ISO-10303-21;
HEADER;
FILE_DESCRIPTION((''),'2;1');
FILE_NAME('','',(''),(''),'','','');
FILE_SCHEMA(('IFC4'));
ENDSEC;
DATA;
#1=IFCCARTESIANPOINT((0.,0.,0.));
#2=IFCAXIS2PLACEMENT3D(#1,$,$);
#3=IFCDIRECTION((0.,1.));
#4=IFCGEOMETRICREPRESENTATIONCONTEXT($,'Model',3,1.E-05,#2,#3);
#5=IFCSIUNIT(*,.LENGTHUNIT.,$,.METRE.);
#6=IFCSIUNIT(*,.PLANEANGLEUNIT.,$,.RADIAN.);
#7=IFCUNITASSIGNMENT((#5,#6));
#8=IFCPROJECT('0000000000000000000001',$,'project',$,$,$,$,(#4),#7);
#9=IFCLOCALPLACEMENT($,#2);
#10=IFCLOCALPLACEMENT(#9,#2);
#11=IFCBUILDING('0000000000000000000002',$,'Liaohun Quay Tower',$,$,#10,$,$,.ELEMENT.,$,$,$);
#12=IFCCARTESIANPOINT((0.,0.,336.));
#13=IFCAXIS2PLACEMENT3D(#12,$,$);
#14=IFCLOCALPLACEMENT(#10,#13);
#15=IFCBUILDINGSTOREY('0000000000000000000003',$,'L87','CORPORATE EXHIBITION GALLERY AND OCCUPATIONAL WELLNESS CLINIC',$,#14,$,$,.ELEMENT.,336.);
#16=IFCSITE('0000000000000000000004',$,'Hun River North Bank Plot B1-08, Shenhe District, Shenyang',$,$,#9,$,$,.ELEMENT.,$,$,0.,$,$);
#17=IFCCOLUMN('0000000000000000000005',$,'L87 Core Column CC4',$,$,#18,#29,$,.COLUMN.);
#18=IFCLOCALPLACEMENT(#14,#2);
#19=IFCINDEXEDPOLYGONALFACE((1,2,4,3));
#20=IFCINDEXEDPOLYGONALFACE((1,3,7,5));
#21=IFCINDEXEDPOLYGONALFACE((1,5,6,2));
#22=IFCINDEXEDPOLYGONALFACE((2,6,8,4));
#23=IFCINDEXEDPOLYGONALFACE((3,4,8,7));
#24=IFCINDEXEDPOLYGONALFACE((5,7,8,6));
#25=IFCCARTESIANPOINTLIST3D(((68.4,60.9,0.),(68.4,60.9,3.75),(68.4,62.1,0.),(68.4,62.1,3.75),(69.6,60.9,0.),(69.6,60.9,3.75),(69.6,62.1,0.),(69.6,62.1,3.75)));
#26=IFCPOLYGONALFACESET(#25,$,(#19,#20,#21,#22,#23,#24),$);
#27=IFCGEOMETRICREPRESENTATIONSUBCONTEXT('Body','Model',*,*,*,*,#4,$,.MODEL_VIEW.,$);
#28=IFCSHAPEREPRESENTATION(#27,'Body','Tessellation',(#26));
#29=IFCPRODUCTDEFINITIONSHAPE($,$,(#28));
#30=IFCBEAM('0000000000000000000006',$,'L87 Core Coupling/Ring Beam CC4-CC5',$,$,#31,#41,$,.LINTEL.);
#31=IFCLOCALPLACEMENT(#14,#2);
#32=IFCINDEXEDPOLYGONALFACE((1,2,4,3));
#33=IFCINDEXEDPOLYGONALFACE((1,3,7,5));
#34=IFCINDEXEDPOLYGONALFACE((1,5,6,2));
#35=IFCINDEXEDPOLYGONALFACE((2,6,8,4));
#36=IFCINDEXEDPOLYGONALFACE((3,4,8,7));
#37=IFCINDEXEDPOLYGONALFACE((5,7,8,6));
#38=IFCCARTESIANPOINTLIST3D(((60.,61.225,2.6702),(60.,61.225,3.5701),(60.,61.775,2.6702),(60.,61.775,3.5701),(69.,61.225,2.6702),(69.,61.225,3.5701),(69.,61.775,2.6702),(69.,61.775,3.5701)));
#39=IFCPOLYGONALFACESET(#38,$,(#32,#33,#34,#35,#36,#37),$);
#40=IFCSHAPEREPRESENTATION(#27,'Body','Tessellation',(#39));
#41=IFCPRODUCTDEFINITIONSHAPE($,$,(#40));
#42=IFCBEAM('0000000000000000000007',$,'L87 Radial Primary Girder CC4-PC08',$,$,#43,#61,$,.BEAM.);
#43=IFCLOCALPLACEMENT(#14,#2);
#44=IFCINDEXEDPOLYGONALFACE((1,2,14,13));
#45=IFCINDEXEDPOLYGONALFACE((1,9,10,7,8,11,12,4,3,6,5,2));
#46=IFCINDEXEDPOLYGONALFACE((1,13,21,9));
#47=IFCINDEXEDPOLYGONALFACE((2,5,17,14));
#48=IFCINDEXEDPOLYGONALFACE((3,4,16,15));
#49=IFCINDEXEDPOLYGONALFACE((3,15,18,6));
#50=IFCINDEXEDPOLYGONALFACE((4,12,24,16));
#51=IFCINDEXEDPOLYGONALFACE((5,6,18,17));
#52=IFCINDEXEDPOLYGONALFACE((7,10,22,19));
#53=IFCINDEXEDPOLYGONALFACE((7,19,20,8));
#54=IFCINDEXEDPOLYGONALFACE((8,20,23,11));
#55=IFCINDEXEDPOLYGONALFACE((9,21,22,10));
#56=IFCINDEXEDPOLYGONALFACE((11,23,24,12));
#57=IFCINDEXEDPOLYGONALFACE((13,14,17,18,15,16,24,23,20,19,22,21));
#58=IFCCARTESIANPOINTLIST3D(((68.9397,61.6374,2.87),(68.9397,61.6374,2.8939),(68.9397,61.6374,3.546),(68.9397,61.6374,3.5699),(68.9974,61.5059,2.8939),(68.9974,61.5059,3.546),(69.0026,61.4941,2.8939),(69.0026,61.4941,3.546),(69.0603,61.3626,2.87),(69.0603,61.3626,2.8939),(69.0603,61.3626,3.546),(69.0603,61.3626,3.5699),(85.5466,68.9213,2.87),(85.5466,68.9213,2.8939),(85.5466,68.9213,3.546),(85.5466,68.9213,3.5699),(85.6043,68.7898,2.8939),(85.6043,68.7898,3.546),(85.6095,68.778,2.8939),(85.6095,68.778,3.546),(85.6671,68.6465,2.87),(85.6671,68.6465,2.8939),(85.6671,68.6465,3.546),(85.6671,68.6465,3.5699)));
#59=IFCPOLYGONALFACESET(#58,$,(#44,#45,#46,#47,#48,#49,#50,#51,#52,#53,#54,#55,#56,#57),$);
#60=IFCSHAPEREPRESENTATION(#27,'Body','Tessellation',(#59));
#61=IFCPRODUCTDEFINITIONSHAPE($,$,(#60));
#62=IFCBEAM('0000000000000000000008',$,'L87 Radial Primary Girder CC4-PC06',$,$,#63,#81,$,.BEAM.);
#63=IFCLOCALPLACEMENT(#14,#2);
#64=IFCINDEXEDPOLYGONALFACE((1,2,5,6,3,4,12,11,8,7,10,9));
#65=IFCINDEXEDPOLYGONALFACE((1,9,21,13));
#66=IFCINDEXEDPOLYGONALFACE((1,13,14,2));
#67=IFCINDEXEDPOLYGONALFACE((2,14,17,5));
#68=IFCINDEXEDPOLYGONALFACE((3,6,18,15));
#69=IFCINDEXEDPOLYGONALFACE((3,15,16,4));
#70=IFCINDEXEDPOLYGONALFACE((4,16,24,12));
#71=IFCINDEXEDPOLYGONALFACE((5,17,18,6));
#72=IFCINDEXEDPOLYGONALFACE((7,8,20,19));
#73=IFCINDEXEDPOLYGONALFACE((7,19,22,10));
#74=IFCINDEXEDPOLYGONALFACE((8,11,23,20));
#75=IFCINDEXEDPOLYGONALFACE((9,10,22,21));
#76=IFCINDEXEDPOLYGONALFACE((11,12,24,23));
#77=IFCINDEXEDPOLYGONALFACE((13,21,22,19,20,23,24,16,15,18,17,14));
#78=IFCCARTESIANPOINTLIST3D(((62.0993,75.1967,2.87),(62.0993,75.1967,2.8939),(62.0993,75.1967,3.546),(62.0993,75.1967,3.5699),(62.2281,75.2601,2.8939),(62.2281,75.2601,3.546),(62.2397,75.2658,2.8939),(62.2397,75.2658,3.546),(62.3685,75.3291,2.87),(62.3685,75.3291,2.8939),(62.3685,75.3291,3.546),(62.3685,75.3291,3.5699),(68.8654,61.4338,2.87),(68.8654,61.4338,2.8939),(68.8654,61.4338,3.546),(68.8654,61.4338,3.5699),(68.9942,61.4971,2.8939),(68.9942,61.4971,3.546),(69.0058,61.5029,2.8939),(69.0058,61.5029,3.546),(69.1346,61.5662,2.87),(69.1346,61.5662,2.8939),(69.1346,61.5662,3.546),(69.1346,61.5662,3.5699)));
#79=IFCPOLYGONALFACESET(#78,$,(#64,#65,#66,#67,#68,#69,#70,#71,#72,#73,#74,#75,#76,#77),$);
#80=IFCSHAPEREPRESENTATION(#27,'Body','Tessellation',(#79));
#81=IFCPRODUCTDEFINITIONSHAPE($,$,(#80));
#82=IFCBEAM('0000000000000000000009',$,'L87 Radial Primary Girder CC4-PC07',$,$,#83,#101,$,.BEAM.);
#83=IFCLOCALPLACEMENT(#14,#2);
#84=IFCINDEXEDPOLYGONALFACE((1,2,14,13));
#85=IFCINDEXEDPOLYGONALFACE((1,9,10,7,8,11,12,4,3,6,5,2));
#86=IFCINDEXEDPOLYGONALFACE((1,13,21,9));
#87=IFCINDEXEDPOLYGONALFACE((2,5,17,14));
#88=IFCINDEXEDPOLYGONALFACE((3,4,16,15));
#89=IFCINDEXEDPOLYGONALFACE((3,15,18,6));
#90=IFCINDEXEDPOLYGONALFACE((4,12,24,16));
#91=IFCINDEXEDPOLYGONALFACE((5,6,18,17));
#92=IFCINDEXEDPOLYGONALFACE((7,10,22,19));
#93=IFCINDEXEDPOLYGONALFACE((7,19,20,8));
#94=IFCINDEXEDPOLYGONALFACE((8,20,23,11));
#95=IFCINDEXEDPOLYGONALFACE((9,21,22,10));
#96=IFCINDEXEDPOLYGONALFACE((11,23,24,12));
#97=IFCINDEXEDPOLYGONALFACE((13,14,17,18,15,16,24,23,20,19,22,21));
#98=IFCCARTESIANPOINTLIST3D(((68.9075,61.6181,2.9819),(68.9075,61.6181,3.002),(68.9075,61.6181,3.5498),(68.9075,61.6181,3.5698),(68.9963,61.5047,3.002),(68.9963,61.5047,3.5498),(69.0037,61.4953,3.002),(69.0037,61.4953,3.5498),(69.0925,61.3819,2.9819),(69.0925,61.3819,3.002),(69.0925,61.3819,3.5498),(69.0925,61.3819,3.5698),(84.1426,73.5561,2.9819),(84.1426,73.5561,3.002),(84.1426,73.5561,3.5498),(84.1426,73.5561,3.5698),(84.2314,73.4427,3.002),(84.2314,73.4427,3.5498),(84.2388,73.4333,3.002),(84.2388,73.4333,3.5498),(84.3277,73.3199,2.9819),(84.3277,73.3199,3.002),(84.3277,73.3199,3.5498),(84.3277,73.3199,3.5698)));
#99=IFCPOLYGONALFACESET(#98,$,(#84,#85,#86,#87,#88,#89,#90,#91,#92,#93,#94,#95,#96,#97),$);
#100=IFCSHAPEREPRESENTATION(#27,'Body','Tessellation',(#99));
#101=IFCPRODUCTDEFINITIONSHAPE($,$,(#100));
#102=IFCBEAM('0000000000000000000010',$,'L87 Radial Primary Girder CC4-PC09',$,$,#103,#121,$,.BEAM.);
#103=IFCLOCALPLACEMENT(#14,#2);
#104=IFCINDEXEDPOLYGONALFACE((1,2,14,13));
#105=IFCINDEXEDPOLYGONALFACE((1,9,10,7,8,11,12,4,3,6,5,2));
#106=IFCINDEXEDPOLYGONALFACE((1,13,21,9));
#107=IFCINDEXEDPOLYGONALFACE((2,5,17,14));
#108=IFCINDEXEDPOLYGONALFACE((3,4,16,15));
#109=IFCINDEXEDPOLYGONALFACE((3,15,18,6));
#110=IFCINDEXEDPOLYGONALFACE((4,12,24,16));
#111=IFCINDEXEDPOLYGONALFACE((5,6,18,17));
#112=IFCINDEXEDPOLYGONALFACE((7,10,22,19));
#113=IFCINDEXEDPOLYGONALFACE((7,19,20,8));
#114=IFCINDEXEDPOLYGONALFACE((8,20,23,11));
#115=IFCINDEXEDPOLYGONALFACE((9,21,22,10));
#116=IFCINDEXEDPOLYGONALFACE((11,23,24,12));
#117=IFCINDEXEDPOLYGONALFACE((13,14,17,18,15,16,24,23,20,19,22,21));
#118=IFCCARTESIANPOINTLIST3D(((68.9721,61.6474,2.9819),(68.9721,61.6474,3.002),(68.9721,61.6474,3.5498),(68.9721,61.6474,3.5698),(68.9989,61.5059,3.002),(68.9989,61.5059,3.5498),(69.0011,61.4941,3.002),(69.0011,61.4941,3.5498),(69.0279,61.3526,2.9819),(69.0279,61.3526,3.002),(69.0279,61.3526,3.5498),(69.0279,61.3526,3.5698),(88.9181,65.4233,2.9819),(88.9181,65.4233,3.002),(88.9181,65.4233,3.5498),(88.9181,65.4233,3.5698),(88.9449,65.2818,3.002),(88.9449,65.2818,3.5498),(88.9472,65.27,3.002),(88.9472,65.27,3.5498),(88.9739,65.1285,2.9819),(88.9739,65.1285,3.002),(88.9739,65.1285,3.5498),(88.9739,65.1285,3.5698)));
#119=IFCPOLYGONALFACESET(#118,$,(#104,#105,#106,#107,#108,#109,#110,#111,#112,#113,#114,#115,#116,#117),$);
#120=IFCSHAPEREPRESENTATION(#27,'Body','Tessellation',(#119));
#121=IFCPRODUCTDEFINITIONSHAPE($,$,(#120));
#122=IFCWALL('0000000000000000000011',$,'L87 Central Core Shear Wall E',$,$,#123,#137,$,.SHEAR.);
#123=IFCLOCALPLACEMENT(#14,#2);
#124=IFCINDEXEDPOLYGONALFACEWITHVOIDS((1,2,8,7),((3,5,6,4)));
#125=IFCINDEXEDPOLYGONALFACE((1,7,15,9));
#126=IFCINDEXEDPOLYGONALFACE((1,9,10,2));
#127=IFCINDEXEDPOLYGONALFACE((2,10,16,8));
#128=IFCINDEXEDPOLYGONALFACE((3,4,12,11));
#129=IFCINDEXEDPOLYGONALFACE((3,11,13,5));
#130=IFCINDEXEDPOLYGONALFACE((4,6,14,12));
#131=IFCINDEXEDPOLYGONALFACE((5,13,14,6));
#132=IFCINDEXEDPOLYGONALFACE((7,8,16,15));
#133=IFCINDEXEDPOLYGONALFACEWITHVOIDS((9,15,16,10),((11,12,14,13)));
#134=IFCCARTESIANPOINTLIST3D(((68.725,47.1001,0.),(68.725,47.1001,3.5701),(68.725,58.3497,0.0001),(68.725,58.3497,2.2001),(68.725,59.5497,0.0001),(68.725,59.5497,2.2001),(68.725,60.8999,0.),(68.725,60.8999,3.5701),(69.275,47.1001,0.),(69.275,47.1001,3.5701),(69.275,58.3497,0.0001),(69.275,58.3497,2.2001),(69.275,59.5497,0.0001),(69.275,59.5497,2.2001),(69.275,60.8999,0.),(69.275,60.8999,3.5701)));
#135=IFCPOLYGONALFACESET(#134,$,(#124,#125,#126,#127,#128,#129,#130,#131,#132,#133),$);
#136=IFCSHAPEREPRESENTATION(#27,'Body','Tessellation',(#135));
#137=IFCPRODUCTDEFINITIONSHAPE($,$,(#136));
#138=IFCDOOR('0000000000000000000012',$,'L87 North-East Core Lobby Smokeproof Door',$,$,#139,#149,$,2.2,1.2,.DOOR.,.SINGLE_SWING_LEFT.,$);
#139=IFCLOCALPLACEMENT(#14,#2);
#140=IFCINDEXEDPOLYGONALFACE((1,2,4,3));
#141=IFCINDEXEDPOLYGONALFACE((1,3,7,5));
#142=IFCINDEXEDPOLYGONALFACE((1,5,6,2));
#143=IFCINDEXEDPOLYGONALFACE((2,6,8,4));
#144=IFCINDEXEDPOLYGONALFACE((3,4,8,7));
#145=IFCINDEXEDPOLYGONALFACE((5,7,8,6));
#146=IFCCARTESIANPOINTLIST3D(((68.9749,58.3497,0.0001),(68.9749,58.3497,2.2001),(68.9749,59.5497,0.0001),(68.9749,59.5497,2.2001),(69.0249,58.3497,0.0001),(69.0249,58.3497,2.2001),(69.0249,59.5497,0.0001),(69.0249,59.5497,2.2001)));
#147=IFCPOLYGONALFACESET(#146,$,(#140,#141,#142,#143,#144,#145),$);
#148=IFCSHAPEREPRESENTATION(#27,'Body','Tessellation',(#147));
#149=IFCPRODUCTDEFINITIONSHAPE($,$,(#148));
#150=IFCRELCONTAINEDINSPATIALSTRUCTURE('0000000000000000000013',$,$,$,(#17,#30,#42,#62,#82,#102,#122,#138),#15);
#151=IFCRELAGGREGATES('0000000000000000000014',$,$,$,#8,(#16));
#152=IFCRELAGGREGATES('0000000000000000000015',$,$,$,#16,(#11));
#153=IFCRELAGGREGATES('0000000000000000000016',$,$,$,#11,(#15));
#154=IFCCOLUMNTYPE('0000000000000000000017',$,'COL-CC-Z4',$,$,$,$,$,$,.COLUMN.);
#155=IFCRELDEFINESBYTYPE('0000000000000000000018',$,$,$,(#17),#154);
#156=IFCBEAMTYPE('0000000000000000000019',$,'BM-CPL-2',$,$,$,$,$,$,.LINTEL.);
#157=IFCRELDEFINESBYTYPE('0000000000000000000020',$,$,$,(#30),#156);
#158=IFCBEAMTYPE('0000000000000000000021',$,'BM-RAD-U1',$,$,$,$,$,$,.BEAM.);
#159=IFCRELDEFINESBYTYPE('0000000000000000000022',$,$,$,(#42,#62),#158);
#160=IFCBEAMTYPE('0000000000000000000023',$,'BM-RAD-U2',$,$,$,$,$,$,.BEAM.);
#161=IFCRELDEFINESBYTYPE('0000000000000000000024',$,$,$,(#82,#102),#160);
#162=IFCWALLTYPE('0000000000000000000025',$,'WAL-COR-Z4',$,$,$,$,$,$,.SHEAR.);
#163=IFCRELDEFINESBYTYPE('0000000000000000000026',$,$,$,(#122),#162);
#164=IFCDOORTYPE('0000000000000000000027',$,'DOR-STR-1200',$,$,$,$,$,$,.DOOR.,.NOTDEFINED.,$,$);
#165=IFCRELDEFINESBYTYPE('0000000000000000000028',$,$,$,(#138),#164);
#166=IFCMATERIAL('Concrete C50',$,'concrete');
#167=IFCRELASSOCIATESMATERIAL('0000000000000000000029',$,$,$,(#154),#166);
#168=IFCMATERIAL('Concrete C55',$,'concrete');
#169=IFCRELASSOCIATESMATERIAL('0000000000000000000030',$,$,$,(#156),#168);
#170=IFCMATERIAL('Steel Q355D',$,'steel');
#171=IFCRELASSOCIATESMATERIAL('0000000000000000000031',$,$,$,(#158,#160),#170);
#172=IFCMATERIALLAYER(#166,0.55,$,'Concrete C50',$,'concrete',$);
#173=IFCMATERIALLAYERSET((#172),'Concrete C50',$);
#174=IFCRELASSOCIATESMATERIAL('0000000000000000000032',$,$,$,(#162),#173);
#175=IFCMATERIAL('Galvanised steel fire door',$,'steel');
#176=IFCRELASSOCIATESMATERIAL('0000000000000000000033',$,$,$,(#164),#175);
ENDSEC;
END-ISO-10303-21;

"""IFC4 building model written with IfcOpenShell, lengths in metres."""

from ifc_helpers import new_model, si_unit, direction, frame, frame_2d, origin, origin_2d, place, context, subcontext, project, spatial, rectangle, i_section, extrude, source, transform, mapped, material, layer, layer_set, material_profile, profile_set, type_object, element, fill, save


model = new_model("IFC4")

# Units and contexts
model_context = context("Model", 3, precision=1e-05, world=origin(), true_north=direction((0.0, 1.0)))
body_context = subcontext(model_context, "Body", "Model", "MODEL_VIEW")
ifc_project = project(units=[si_unit("LENGTHUNIT", "METRE"), si_unit("PLANEANGLEUNIT", "RADIAN")], contexts=[model_context])

# Site, building, storey
site_placement = place(None, origin())
site = spatial("IfcSite", under=ifc_project, at=site_placement, Name="Hun River North Bank Plot B1-08, Shenhe District, Shenyang", CompositionType="ELEMENT", RefElevation=0.0)
building_placement = place(site_placement, origin())
building = spatial("IfcBuilding", under=site, at=building_placement, Name="Liaohun Quay Tower", CompositionType="ELEMENT")
storey_placement = place(building_placement, frame((0.0, 0.0, 336.0)))
storey = spatial("IfcBuildingStorey", under=building, at=storey_placement, Name="L87", Description="CORPORATE EXHIBITION GALLERY AND OCCUPATIONAL WELLNESS CLINIC", CompositionType="ELEMENT", Elevation=336.0)

# Column
ifc_material_1 = material(Name="Concrete C50", Category="concrete")
ifc_material_profile_1 = material_profile(ifc_material_1, rectangle(XDim=1.2, YDim=1.2, at=origin_2d()), Name="RC1200x1200")
ifc_profile_set_1 = profile_set([ifc_material_profile_1], Name="Concrete C50")
column_type = type_object("IfcColumnType", Name="COL-CC-Z4", PredefinedType="COLUMN", material=ifc_profile_set_1)
shared_shape_1 = source(origin(), body_context, "Body", "SweptSolid", [
    extrude(rectangle(XDim=1.2, YDim=1.2, at=origin_2d()), origin(), (0.0, 0.0, 1.0), 3.75),
])
column_placement = place(storey_placement, frame((69.0, 61.5, 0.0), z_axis=(0.0, 0.0, 1.0), x_axis=(1.0, 0.0, 0.0)))
element("IfcColumn", 1, at=column_placement, inside=storey, type_object=column_type, Name="L87 Core Column CC4", PredefinedType="COLUMN", context=body_context, shape_type="MappedRepresentation", body=[
    mapped(shared_shape_1, transform((0.0, 0.0, 0.0), x_axis=(1.0, 0.0, 0.0), y_axis=(0.0, 1.0, 0.0), z_axis=(0.0, 0.0, 1.0), scale=1.0)),
])

# Beams
ifc_material_2 = material(Name="Concrete C55", Category="concrete")
ifc_material_profile_2 = material_profile(ifc_material_2, rectangle(XDim=0.55, YDim=0.8999, at=origin_2d()), Name="RC550x900")
ifc_profile_set_2 = profile_set([ifc_material_profile_2], Name="Concrete C55")
beam_type_1 = type_object("IfcBeamType", Name="BM-CPL-2", PredefinedType="LINTEL", material=ifc_profile_set_2)
shared_shape_2 = source(origin(), body_context, "Body", "SweptSolid", [
    extrude(rectangle(XDim=0.55, YDim=0.8999, at=origin_2d()), origin(), (0.0, 0.0, 1.0), 9.0),
])
beam_1_placement = place(storey_placement, frame((69.0, 61.5, 3.1201), z_axis=(-1.0, 0.0, 0.0), x_axis=(0.0, -1.0, 0.0)))
element("IfcBeam", 2, at=beam_1_placement, inside=storey, type_object=beam_type_1, Name="L87 Core Coupling/Ring Beam CC4-CC5", PredefinedType="LINTEL", context=body_context, shape_type="MappedRepresentation", body=[
    mapped(shared_shape_2, transform((0.0, 0.0, 0.0), x_axis=(1.0, 0.0, 0.0), y_axis=(0.0, 1.0, 0.0), z_axis=(0.0, 0.0, 1.0), scale=1.0)),
])
ifc_material_3 = material(Name="Steel Q355D", Category="steel")
ifc_material_profile_3 = material_profile(ifc_material_3, i_section(OverallWidth=0.3, OverallDepth=0.7, WebThickness=0.0129, FlangeThickness=0.0239, at=origin_2d()), Name="HN700x300x13x24")
ifc_profile_set_3 = profile_set([ifc_material_profile_3], Name="Steel Q355D")
beam_type_2 = type_object("IfcBeamType", Name="BM-RAD-U1", PredefinedType="BEAM", material=ifc_profile_set_3)
shared_shape_3 = source(origin(), body_context, "Body", "SweptSolid", [
    extrude(i_section(OverallWidth=0.3, OverallDepth=0.7, WebThickness=0.0129, FlangeThickness=0.0239, at=origin_2d()), origin(), (0.0, 0.0, 1.0), 18.134),
])
beam_2_placement = place(storey_placement, frame((69.0, 61.5, 3.22), z_axis=(0.915784, 0.40167, 0.0), x_axis=(-0.40167, 0.915784, 0.0)))
element("IfcBeam", 3, at=beam_2_placement, inside=storey, type_object=beam_type_2, Name="L87 Radial Primary Girder CC4-PC08", PredefinedType="BEAM", context=body_context, shape_type="MappedRepresentation", body=[
    mapped(shared_shape_3, transform((0.0, 0.0, 0.0), x_axis=(1.0, 0.0, 0.0), y_axis=(0.0, 1.0, 0.0), z_axis=(0.0, 0.0, 1.0), scale=1.0)),
])
shared_shape_4 = source(origin(), body_context, "Body", "SweptSolid", [
    extrude(i_section(OverallWidth=0.3, OverallDepth=0.7, WebThickness=0.0129, FlangeThickness=0.0239, at=origin_2d()), origin(), (0.0, 0.0, 1.0), 15.3362),
])
beam_3_placement = place(storey_placement, frame((69.0, 61.5, 3.22), z_axis=(-0.441186, 0.897416, 0.0), x_axis=(-0.897416, -0.441186, 0.0)))
element("IfcBeam", 4, at=beam_3_placement, inside=storey, type_object=beam_type_2, Name="L87 Radial Primary Girder CC4-PC06", PredefinedType="BEAM", context=body_context, shape_type="MappedRepresentation", body=[
    mapped(shared_shape_4, transform((0.0, 0.0, 0.0), x_axis=(1.0, 0.0, 0.0), y_axis=(0.0, 1.0, 0.0), z_axis=(0.0, 0.0, 1.0), scale=1.0)),
])
ifc_material_profile_4 = material_profile(ifc_material_3, i_section(OverallWidth=0.3, OverallDepth=0.5879, WebThickness=0.012, FlangeThickness=0.02, at=origin_2d()), Name="HM588x300x12x20")
ifc_profile_set_4 = profile_set([ifc_material_profile_4], Name="Steel Q355D")
beam_type_3 = type_object("IfcBeamType", Name="BM-RAD-U2", PredefinedType="BEAM", material=ifc_profile_set_4)
shared_shape_5 = source(origin(), body_context, "Body", "SweptSolid", [
    extrude(i_section(OverallWidth=0.3, OverallDepth=0.5879, WebThickness=0.012, FlangeThickness=0.02, at=origin_2d()), origin(), (0.0, 0.0, 1.0), 19.3552),
])
beam_4_placement = place(storey_placement, frame((69.0, 61.5, 3.2759), z_axis=(0.787132, 0.616784, 0.0), x_axis=(-0.616784, 0.787132, 0.0)))
element("IfcBeam", 5, at=beam_4_placement, inside=storey, type_object=beam_type_3, Name="L87 Radial Primary Girder CC4-PC07", PredefinedType="BEAM", context=body_context, shape_type="MappedRepresentation", body=[
    mapped(shared_shape_5, transform((0.0, 0.0, 0.0), x_axis=(1.0, 0.0, 0.0), y_axis=(0.0, 1.0, 0.0), z_axis=(0.0, 0.0, 1.0), scale=1.0)),
])
shared_shape_6 = source(origin(), body_context, "Body", "SweptSolid", [
    extrude(i_section(OverallWidth=0.3, OverallDepth=0.5879, WebThickness=0.012, FlangeThickness=0.02, at=origin_2d()), origin(), (0.0, 0.0, 1.0), 20.3003),
])
beam_5_placement = place(storey_placement, frame((69.0, 61.5, 3.2759), z_axis=(0.98255, 0.186001, 0.0), x_axis=(-0.186001, 0.98255, 0.0)))
element("IfcBeam", 6, at=beam_5_placement, inside=storey, type_object=beam_type_3, Name="L87 Radial Primary Girder CC4-PC09", PredefinedType="BEAM", context=body_context, shape_type="MappedRepresentation", body=[
    mapped(shared_shape_6, transform((0.0, 0.0, 0.0), x_axis=(1.0, 0.0, 0.0), y_axis=(0.0, 1.0, 0.0), z_axis=(0.0, 0.0, 1.0), scale=1.0)),
])

# Wall, opening, door
ifc_layer_1 = layer(ifc_material_1, 0.55, Name="Concrete C50", Category="concrete")
ifc_layer_set_1 = layer_set([ifc_layer_1], Name="Concrete C50")
wall_type_1 = type_object("IfcWallType", Name="WAL-COR-Z4", PredefinedType="SHEAR", material=ifc_layer_set_1)
wall_1_placement = place(storey_placement, frame((69.0, 60.8999, 0.0), z_axis=(0.0, 0.0, 1.0), x_axis=(0.0, -1.0, 0.0)))
wall_1 = element("IfcWall", 7, at=wall_1_placement, inside=storey, type_object=wall_type_1, Name="L87 Central Core Shear Wall E", PredefinedType="SHEAR", context=body_context, shape_type="SweptSolid", body=[
    extrude(rectangle(XDim=13.7998, YDim=0.55, at=frame_2d((6.8999, 0.0))), origin(), (0.0, 0.0, 1.0), 3.5701),
])
shared_shape_7 = source(origin(), body_context, "Body", "SweptSolid", [
    extrude(rectangle(XDim=1.2, YDim=2.2, at=frame_2d((0.6001, 1.1001))), frame((0.0, 0.2849, 0.0), z_axis=(0.0, -1.0, 0.0), x_axis=(1.0, 0.0, 0.0)), (0.0, 0.0, 1.0), 0.5701),
])
opening_1_placement = place(wall_1_placement, frame((1.3501, 0.0, 0.0)))
opening_1 = element("IfcOpeningElement", 8, at=opening_1_placement, cuts=wall_1, PredefinedType="OPENING", context=body_context, shape_type="MappedRepresentation", body=[
    mapped(shared_shape_7, transform((0.0, 0.0, 0.0), x_axis=(1.0, 0.0, 0.0), y_axis=(0.0, 1.0, 0.0), z_axis=(0.0, 0.0, 1.0), scale=1.0)),
])
ifc_material_4 = material(Name="Galvanised steel fire door", Category="steel")
door_type_1 = type_object("IfcDoorType", Name="DOR-STR-1200", OperationType="NOTDEFINED", PredefinedType="DOOR", material=ifc_material_4)
shared_shape_8 = source(origin(), body_context, "Body", "SweptSolid", [
    extrude(rectangle(XDim=1.2, YDim=2.2, at=frame_2d((0.6001, 1.1001))), frame((0.0, 0.0249, 0.0), z_axis=(0.0, -1.0, 0.0), x_axis=(1.0, 0.0, 0.0)), (0.0, 0.0, 1.0), 0.05),
])
door_1_placement = place(opening_1_placement, origin())
door_1 = element("IfcDoor", 9, at=door_1_placement, inside=storey, type_object=door_type_1, Name="L87 North-East Core Lobby Smokeproof Door", OperationType="SINGLE_SWING_LEFT", OverallHeight=2.2, OverallWidth=1.2, PredefinedType="DOOR", context=body_context, shape_type="MappedRepresentation", body=[
    mapped(shared_shape_8, transform((0.0, 0.0, 0.0), x_axis=(1.0, 0.0, 0.0), y_axis=(0.0, 1.0, 0.0), z_axis=(0.0, 0.0, 1.0), scale=1.0)),
])
fill(opening_1, door_1)

save(model, "model.ifc")
